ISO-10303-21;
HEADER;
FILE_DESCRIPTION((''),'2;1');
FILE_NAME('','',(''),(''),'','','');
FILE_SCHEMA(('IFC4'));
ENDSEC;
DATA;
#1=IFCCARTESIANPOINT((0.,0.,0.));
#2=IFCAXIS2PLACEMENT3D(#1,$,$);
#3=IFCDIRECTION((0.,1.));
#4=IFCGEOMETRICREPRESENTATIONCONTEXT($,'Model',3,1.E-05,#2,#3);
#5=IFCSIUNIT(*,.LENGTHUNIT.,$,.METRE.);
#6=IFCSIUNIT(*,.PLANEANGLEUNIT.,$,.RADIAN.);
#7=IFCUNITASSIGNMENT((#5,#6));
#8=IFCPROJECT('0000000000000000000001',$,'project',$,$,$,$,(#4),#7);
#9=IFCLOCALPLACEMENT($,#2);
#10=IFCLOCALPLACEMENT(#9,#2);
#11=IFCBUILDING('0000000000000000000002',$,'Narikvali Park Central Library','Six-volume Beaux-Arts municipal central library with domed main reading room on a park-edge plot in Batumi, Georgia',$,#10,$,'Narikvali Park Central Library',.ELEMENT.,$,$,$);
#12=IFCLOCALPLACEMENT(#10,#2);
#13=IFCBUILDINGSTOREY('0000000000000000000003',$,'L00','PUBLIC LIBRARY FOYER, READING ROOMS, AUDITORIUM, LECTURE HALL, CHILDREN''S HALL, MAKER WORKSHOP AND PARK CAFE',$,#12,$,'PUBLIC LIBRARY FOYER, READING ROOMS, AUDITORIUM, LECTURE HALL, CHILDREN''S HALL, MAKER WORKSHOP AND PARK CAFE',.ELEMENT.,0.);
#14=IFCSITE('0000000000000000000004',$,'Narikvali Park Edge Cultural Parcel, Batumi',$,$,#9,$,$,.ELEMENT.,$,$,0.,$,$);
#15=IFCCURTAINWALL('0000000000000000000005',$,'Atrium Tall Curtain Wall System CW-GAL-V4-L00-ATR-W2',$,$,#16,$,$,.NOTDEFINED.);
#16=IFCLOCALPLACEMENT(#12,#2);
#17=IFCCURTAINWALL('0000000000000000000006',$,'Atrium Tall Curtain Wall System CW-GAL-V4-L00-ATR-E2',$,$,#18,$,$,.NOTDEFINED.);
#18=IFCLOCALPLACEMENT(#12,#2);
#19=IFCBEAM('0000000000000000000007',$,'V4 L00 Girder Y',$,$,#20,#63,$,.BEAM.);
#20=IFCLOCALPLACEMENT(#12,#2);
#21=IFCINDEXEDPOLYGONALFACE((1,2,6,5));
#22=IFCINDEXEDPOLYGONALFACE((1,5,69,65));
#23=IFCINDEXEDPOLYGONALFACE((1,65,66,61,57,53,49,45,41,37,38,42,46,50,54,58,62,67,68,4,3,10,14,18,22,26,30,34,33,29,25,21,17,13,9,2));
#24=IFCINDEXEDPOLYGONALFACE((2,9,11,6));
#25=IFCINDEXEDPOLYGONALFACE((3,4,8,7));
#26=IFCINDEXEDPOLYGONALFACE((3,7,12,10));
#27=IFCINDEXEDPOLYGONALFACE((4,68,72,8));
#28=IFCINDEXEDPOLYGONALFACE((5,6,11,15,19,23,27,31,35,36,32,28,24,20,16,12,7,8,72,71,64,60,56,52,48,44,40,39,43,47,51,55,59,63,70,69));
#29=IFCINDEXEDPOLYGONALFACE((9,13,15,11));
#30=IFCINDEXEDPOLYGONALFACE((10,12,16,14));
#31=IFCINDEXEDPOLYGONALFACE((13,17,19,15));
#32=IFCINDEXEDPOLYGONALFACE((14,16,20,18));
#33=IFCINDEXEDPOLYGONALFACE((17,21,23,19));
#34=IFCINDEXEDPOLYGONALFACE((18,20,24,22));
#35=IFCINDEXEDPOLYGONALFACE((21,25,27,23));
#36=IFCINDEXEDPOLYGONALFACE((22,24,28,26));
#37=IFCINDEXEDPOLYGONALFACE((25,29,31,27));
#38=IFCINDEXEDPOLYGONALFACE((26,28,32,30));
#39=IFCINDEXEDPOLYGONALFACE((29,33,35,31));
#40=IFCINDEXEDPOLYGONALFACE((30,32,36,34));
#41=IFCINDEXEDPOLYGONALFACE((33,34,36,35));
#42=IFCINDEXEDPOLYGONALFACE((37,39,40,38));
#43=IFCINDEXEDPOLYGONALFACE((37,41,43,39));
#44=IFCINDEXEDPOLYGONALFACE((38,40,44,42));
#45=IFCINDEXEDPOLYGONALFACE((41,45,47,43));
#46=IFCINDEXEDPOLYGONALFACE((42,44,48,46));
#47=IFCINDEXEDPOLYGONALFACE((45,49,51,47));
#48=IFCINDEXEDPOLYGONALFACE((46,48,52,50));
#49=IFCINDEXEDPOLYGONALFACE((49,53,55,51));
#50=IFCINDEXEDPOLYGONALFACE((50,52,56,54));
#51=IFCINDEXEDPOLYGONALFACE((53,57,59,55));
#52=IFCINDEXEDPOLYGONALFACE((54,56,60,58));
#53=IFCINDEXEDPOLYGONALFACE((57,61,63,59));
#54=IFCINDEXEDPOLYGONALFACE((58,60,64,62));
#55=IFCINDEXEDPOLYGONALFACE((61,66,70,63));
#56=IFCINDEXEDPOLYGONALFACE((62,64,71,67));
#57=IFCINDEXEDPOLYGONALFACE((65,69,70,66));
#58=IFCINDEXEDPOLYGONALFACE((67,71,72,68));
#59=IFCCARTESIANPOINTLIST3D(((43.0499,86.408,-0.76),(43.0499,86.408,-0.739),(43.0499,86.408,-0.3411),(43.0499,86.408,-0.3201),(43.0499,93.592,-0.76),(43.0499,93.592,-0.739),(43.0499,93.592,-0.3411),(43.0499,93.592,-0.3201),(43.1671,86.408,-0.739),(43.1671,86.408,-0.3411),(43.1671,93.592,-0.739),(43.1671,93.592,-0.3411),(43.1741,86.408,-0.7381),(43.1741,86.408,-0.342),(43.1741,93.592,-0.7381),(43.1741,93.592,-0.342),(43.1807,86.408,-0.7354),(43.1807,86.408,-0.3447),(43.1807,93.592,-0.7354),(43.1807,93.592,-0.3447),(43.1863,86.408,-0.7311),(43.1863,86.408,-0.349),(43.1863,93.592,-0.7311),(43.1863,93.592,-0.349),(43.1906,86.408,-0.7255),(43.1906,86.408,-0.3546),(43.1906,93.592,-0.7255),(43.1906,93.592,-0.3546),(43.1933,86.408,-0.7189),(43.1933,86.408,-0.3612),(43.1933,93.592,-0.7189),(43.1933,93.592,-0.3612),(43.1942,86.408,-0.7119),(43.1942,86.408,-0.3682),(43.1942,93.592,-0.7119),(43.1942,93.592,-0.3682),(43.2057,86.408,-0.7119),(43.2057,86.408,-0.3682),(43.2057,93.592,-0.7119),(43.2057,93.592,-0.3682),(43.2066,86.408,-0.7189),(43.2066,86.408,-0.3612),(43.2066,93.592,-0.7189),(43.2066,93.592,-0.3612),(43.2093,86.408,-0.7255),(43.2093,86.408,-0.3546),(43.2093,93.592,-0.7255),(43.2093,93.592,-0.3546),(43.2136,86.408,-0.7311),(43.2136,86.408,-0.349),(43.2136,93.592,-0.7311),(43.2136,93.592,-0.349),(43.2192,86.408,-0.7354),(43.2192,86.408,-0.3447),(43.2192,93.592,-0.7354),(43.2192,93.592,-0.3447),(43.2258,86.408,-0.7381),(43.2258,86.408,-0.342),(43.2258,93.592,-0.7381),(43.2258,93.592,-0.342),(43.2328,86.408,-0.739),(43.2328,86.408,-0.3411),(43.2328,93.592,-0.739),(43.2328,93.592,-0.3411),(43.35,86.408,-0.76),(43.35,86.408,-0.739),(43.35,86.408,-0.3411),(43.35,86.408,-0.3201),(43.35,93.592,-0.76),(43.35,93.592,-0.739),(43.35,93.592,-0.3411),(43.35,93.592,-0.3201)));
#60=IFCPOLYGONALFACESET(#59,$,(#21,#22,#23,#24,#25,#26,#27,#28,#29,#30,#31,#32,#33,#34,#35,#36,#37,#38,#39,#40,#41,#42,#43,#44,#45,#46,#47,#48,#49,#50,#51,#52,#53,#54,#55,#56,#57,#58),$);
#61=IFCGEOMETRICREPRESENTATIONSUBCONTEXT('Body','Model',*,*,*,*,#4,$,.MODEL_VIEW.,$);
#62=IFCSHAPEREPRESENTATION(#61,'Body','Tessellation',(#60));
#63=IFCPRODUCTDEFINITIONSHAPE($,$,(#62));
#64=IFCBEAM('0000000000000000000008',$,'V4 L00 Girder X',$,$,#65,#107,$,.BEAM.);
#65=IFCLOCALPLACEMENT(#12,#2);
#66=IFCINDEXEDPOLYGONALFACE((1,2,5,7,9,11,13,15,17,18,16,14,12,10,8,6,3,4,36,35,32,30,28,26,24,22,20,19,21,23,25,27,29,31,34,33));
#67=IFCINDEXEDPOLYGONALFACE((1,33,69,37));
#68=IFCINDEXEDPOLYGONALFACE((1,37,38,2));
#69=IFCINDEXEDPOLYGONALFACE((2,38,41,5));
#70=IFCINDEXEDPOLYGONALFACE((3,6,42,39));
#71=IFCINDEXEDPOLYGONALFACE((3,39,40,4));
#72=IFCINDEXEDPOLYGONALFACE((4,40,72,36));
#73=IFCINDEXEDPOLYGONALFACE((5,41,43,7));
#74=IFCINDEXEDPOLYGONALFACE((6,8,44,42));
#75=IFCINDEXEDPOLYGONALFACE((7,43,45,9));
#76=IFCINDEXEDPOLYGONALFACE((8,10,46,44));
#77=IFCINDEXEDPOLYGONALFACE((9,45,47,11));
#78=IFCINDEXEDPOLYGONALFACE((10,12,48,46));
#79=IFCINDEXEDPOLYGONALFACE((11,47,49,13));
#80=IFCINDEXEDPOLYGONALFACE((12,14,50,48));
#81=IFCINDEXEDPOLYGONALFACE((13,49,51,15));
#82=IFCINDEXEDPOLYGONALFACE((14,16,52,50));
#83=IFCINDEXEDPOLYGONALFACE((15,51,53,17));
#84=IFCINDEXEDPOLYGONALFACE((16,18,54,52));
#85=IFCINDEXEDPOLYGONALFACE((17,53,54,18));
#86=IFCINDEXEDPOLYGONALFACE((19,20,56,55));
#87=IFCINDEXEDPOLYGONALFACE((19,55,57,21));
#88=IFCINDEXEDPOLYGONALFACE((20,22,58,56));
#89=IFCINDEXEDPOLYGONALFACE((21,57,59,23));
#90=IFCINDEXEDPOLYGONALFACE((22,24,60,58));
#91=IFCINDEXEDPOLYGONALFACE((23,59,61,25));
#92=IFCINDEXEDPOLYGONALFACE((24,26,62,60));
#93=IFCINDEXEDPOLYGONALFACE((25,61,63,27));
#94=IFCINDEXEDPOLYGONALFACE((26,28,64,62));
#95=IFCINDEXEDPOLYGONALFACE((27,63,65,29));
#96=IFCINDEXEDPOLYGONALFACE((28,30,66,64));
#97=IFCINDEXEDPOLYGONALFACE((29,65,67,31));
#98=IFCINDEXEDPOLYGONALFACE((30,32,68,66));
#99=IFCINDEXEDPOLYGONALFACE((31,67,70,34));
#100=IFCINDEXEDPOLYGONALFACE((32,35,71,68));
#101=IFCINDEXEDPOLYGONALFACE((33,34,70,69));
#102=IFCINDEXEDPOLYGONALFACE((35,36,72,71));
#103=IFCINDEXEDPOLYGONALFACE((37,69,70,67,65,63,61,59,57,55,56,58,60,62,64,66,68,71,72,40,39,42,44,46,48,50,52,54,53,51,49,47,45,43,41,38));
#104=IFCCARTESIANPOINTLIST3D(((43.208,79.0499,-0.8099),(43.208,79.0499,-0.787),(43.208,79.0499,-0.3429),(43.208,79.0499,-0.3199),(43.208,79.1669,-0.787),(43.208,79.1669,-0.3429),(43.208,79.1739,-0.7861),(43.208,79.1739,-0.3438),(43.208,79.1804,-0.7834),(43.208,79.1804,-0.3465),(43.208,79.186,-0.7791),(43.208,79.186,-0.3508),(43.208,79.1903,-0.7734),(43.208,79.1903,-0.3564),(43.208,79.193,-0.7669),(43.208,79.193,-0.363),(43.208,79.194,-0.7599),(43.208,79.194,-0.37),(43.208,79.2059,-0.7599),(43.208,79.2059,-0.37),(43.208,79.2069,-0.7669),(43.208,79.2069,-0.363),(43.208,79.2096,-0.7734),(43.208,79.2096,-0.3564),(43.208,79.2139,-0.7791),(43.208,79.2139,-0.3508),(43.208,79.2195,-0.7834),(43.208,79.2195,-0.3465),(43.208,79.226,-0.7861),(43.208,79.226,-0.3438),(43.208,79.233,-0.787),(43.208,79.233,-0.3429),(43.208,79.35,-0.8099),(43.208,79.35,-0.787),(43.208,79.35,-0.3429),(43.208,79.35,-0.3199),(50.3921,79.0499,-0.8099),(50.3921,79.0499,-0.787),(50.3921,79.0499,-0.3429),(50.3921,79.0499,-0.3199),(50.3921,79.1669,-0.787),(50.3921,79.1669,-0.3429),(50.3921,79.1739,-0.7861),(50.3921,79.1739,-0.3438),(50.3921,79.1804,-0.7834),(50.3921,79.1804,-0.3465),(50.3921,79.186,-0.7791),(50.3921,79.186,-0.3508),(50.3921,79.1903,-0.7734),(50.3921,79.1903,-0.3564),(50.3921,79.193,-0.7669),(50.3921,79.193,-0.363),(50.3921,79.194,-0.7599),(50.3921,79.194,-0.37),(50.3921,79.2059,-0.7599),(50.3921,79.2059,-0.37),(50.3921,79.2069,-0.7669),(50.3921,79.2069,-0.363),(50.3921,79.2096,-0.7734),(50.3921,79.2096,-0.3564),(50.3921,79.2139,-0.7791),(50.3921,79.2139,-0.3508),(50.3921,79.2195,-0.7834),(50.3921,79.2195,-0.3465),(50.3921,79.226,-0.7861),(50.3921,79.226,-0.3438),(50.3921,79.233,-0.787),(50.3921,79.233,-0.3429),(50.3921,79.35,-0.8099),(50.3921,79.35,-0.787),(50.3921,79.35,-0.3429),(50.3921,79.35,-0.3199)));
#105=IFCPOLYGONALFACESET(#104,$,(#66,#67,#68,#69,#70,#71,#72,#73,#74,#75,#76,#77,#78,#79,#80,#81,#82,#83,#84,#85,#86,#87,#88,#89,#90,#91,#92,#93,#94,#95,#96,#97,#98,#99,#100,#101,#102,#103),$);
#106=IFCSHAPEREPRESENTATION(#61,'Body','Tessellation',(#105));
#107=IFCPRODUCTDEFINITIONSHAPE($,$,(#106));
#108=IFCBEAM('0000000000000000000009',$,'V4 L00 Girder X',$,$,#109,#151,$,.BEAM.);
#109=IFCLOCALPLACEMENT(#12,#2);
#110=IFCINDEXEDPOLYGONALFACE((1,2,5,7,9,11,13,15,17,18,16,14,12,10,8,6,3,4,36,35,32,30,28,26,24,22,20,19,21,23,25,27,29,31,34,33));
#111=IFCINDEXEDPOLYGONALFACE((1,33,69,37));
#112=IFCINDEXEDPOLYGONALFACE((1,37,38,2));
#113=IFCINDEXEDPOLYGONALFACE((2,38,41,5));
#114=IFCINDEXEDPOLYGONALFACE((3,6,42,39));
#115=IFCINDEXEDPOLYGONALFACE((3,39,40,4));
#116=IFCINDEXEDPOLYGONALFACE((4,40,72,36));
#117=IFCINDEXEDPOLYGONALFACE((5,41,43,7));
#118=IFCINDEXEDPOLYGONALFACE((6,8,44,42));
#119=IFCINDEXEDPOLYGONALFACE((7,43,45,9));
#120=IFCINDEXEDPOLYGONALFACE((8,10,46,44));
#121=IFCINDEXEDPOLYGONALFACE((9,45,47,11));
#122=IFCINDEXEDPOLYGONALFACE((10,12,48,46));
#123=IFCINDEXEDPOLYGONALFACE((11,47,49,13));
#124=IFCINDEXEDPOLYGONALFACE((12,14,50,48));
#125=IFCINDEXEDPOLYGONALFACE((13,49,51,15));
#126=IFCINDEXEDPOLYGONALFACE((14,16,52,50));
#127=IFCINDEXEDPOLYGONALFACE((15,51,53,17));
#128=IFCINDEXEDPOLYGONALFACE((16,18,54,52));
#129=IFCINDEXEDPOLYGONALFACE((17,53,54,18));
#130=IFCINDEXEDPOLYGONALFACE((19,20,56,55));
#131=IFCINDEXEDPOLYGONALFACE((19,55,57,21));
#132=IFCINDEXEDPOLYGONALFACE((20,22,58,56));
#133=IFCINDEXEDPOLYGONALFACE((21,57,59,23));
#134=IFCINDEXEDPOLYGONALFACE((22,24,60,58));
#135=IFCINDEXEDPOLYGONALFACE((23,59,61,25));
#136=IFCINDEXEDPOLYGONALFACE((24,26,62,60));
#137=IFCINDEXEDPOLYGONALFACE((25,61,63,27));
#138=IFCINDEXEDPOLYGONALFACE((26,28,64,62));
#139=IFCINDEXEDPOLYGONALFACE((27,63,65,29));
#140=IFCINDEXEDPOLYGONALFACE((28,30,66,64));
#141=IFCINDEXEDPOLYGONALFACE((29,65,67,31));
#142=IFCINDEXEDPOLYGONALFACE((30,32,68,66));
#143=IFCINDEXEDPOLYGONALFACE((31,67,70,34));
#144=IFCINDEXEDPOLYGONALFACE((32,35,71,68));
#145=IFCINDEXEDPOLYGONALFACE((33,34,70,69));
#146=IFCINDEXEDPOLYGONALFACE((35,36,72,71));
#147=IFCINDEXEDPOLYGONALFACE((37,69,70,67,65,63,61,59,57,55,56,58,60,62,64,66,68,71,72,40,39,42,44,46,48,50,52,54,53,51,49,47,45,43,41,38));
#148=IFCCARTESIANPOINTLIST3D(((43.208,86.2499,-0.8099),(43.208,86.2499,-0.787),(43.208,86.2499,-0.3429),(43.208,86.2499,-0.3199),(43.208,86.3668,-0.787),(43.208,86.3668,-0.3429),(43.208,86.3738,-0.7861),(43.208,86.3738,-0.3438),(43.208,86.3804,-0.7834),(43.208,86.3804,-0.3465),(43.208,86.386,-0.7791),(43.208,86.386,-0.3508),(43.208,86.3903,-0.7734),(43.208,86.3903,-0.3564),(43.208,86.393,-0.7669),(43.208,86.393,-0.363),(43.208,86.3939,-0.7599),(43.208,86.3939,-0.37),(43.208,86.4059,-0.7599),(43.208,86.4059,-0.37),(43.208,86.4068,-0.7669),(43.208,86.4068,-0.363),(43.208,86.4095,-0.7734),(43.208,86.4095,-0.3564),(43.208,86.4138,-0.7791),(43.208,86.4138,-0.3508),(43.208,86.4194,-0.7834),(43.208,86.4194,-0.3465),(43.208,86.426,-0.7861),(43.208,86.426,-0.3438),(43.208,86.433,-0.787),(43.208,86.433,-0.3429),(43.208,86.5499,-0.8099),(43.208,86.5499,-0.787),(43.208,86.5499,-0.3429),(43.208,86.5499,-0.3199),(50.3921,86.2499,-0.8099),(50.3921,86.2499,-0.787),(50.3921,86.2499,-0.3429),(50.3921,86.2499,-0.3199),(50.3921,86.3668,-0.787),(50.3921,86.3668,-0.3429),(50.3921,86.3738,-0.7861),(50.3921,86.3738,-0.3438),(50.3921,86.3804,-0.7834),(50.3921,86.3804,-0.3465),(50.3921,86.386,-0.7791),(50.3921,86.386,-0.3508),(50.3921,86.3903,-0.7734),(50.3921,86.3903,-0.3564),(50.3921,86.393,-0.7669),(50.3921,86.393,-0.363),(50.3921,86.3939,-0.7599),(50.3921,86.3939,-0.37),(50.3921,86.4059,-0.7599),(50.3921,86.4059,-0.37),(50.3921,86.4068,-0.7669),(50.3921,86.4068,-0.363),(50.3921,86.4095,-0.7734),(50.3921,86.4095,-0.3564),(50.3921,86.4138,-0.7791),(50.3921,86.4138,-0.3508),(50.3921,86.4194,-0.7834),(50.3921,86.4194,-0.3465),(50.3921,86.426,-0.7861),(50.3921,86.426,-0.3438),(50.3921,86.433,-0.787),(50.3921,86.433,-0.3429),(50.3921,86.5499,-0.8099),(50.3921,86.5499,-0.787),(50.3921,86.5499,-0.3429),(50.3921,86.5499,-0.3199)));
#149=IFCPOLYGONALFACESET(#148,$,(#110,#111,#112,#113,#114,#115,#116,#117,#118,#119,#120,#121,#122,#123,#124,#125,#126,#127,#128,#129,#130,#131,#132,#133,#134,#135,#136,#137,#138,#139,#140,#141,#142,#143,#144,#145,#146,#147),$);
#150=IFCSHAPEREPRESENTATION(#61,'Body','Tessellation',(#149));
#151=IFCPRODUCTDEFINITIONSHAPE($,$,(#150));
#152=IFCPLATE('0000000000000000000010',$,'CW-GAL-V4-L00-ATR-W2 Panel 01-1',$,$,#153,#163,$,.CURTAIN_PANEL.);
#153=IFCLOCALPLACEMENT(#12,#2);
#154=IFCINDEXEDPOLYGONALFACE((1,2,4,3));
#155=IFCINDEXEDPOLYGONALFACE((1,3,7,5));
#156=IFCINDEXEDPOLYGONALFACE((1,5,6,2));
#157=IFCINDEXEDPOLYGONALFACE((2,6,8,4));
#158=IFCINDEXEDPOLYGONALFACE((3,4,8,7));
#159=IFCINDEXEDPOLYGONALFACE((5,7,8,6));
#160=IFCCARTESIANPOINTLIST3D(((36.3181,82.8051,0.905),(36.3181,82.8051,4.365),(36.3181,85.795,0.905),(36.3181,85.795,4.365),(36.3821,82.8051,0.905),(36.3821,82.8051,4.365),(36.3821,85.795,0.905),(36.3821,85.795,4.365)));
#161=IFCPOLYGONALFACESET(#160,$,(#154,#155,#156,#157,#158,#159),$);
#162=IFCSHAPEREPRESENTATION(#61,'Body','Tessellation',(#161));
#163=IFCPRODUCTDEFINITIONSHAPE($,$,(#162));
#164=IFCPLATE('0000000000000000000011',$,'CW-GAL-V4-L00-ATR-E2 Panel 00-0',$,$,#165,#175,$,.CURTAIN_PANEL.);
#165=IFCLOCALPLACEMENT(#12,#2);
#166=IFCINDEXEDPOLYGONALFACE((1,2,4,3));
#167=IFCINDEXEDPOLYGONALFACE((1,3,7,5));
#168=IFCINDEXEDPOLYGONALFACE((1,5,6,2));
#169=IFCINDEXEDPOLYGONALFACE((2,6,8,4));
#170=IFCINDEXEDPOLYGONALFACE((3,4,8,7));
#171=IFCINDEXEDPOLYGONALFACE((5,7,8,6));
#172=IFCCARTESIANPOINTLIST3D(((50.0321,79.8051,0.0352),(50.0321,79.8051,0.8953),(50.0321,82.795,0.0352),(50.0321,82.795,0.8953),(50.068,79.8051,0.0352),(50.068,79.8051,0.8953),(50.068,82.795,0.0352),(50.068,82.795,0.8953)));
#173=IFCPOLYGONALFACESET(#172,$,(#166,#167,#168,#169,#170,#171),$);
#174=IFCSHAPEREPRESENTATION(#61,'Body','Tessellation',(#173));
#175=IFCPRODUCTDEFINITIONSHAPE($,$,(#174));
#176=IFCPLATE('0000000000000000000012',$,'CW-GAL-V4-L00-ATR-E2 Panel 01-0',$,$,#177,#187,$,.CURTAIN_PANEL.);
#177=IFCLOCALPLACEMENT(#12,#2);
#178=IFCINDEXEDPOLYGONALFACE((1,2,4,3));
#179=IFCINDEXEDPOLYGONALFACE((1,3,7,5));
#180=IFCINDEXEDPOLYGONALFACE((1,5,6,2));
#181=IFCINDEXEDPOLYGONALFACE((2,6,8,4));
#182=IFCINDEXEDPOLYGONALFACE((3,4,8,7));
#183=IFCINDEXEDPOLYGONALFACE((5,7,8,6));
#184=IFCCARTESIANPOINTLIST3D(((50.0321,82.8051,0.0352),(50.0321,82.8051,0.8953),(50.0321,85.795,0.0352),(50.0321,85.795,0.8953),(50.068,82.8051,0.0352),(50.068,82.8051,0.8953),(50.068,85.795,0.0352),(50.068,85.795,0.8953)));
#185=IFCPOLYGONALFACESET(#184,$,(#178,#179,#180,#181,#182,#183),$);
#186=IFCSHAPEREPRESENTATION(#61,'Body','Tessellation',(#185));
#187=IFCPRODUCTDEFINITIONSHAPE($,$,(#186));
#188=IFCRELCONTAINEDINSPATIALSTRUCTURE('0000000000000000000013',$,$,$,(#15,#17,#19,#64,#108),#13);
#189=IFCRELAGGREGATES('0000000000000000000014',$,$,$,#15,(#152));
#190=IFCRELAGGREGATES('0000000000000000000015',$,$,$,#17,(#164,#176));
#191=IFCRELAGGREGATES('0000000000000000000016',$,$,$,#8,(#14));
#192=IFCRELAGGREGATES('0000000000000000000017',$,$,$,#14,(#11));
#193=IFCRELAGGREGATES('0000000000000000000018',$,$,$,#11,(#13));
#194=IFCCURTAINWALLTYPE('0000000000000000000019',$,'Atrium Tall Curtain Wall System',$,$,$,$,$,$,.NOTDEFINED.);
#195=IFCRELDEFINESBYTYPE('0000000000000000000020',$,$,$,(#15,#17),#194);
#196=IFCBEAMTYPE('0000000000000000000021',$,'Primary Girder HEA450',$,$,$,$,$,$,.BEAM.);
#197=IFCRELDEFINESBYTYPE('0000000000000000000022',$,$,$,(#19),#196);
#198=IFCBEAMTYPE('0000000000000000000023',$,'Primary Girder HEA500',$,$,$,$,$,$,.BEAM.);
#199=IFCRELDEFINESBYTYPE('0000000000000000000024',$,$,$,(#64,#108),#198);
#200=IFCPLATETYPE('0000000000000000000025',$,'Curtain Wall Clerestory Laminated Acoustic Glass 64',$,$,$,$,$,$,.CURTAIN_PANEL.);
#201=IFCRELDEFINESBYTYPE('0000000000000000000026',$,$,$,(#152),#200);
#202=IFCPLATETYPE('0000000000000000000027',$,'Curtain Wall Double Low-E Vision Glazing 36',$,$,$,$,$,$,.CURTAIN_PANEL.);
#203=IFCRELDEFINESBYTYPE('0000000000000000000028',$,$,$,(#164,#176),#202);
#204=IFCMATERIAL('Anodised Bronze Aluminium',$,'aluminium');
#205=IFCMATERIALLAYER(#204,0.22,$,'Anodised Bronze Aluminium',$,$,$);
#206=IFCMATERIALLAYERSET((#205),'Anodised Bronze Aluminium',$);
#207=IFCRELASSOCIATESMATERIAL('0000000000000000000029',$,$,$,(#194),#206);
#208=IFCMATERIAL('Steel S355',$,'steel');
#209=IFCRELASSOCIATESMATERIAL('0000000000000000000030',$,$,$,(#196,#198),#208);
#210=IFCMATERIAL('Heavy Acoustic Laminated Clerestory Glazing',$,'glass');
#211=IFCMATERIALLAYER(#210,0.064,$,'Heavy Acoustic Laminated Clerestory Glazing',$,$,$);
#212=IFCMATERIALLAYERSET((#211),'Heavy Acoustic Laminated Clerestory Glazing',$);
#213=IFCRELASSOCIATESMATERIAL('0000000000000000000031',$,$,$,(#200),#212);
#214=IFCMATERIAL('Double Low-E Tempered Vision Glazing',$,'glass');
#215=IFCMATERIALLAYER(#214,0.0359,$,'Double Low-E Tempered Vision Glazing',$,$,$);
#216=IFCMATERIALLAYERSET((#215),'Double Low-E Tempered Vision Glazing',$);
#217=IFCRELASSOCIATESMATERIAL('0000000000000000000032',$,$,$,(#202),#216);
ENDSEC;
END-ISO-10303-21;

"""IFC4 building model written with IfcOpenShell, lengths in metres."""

from ifc_helpers import new_model, si_unit, direction, frame, origin, origin_2d, place, context, subcontext, project, spatial, rectangle, i_section, extrude, material, layer, layer_set, material_profile, profile_set, type_object, element, aggregate, save


model = new_model("IFC4")

# Units and contexts
model_context = context("Model", 3, precision=1e-05, world=origin(), true_north=direction((0.0, 1.0)))
body_context = subcontext(model_context, "Body", "Model", "MODEL_VIEW")
ifc_project = project(units=[si_unit("LENGTHUNIT", "METRE"), si_unit("PLANEANGLEUNIT", "RADIAN")], contexts=[model_context])

# Site, building, storey
site_placement = place(None, origin())
site = spatial("IfcSite", under=ifc_project, at=site_placement, Name="Narikvali Park Edge Cultural Parcel, Batumi", CompositionType="ELEMENT", RefElevation=0.0)
building_placement = place(site_placement, origin())
building = spatial("IfcBuilding", under=site, at=building_placement, Name="Narikvali Park Central Library", Description="Six-volume Beaux-Arts municipal central library with domed main reading room on a park-edge plot in Batumi, Georgia", LongName="Narikvali Park Central Library", CompositionType="ELEMENT")
storey_placement = place(building_placement, origin())
storey = spatial("IfcBuildingStorey", under=building, at=storey_placement, Name="L00", Description="PUBLIC LIBRARY FOYER, READING ROOMS, AUDITORIUM, LECTURE HALL, CHILDREN'S HALL, MAKER WORKSHOP AND PARK CAFE", LongName="PUBLIC LIBRARY FOYER, READING ROOMS, AUDITORIUM, LECTURE HALL, CHILDREN'S HALL, MAKER WORKSHOP AND PARK CAFE", CompositionType="ELEMENT", Elevation=0.0)

# Shared definitions
ifc_material_1 = material(Name="Steel S355", Category="steel")

# Curtain wall
ifc_material_2 = material(Name="Anodised Bronze Aluminium", Category="aluminium")
ifc_layer_1 = layer(ifc_material_2, 0.22, Name="Anodised Bronze Aluminium")
ifc_layer_set_1 = layer_set([ifc_layer_1], Name="Anodised Bronze Aluminium")
curtain_wall_type = type_object("IfcCurtainWallType", Name="Atrium Tall Curtain Wall System", PredefinedType="NOTDEFINED", material=ifc_layer_set_1)
curtain_wall_1_placement = place(storey_placement, origin())
curtain_wall_1 = element("IfcCurtainWall", 1, at=curtain_wall_1_placement, inside=storey, type_object=curtain_wall_type, Name="Atrium Tall Curtain Wall System CW-GAL-V4-L00-ATR-W2", PredefinedType="NOTDEFINED")

# Curtain wall
curtain_wall_2_placement = place(storey_placement, origin())
curtain_wall_2 = element("IfcCurtainWall", 2, at=curtain_wall_2_placement, inside=storey, type_object=curtain_wall_type, Name="Atrium Tall Curtain Wall System CW-GAL-V4-L00-ATR-E2", PredefinedType="NOTDEFINED")

# Beams
ifc_material_profile_1 = material_profile(ifc_material_1, i_section(OverallWidth=0.3, OverallDepth=0.4399, WebThickness=0.0115, FlangeThickness=0.021, FilletRadius=0.0271, at=origin_2d()), Name="HEA 450")
ifc_profile_set_1 = profile_set([ifc_material_profile_1], Name="Steel S355")
beam_type_1 = type_object("IfcBeamType", Name="Primary Girder HEA450", PredefinedType="BEAM", material=ifc_profile_set_1)
for number, where, z_axis, x_axis, name in (
    (3, (43.2, 86.408, -0.54), (0.0, 1.0, 0.0), (-1.0, 0.0, 0.0), "V4 L00 Girder Y"),
):
    element("IfcBeam", number, at=place(storey_placement, frame(where, z_axis=z_axis, x_axis=x_axis)), inside=storey, type_object=beam_type_1, Name=name, PredefinedType="BEAM", context=body_context, shape_type="SweptSolid", body=[
        extrude(i_section(OverallWidth=0.3, OverallDepth=0.4399, WebThickness=0.0115, FlangeThickness=0.021, FilletRadius=0.0271, at=origin_2d()), origin(), (0.0, 0.0, 1.0), 7.1841),
    ])
ifc_material_profile_2 = material_profile(ifc_material_1, i_section(OverallWidth=0.3, OverallDepth=0.49, WebThickness=0.012, FlangeThickness=0.0229, FilletRadius=0.0271, at=origin_2d()), Name="HEA 500")
ifc_profile_set_2 = profile_set([ifc_material_profile_2], Name="Steel S355")
beam_type_2 = type_object("IfcBeamType", Name="Primary Girder HEA500", PredefinedType="BEAM", material=ifc_profile_set_2)
for number, where, z_axis, x_axis, name in (
    (4, (43.208, 79.2, -0.5649), (1.0, 0.0, 0.0), (0.0, 1.0, 0.0), "V4 L00 Girder X"),
    (5, (43.208, 86.3999, -0.5649), (1.0, 0.0, 0.0), (0.0, 1.0, 0.0), "V4 L00 Girder X"),
):
    element("IfcBeam", number, at=place(storey_placement, frame(where, z_axis=z_axis, x_axis=x_axis)), inside=storey, type_object=beam_type_2, Name=name, PredefinedType="BEAM", context=body_context, shape_type="SweptSolid", body=[
        extrude(i_section(OverallWidth=0.3, OverallDepth=0.49, WebThickness=0.012, FlangeThickness=0.0229, FilletRadius=0.0271, at=origin_2d()), origin(), (0.0, 0.0, 1.0), 7.1841),
    ])

# Plates
ifc_material_3 = material(Name="Heavy Acoustic Laminated Clerestory Glazing", Category="glass")
ifc_layer_2 = layer(ifc_material_3, 0.064, Name="Heavy Acoustic Laminated Clerestory Glazing")
ifc_layer_set_2 = layer_set([ifc_layer_2], Name="Heavy Acoustic Laminated Clerestory Glazing")
plate_type_1 = type_object("IfcPlateType", Name="Curtain Wall Clerestory Laminated Acoustic Glass 64", PredefinedType="CURTAIN_PANEL", material=ifc_layer_set_2)
plate_1_placement = place(storey_placement, frame((36.3501, 84.3, 0.905), z_axis=(0.0, 0.0, 1.0), x_axis=(0.0, 1.0, 0.0)))
plate_1 = element("IfcPlate", 6, at=plate_1_placement, type_object=plate_type_1, Name="CW-GAL-V4-L00-ATR-W2 Panel 01-1", PredefinedType="CURTAIN_PANEL", context=body_context, shape_type="SweptSolid", body=[
    extrude(rectangle(XDim=2.99, YDim=0.064, at=origin_2d()), origin(), (0.0, 0.0, 1.0), 3.46),
])
aggregate(curtain_wall_1, [plate_1])
ifc_material_4 = material(Name="Double Low-E Tempered Vision Glazing", Category="glass")
ifc_layer_3 = layer(ifc_material_4, 0.0359, Name="Double Low-E Tempered Vision Glazing")
ifc_layer_set_3 = layer_set([ifc_layer_3], Name="Double Low-E Tempered Vision Glazing")
plate_type_2 = type_object("IfcPlateType", Name="Curtain Wall Double Low-E Vision Glazing 36", PredefinedType="CURTAIN_PANEL", material=ifc_layer_set_3)
plate_2_placement = place(storey_placement, frame((50.05, 81.3, 0.0352), z_axis=(0.0, 0.0, 1.0), x_axis=(0.0, 1.0, 0.0)))
plate_2 = element("IfcPlate", 7, at=plate_2_placement, type_object=plate_type_2, Name="CW-GAL-V4-L00-ATR-E2 Panel 00-0", PredefinedType="CURTAIN_PANEL", context=body_context, shape_type="SweptSolid", body=[
    extrude(rectangle(XDim=2.99, YDim=0.0359, at=origin_2d()), origin(), (0.0, 0.0, 1.0), 0.8601),
])
plate_3_placement = place(storey_placement, frame((50.05, 84.3, 0.0352), z_axis=(0.0, 0.0, 1.0), x_axis=(0.0, 1.0, 0.0)))
plate_3 = element("IfcPlate", 8, at=plate_3_placement, type_object=plate_type_2, Name="CW-GAL-V4-L00-ATR-E2 Panel 01-0", PredefinedType="CURTAIN_PANEL", context=body_context, shape_type="SweptSolid", body=[
    extrude(rectangle(XDim=2.99, YDim=0.0359, at=origin_2d()), origin(), (0.0, 0.0, 1.0), 0.8601),
])
aggregate(curtain_wall_2, [plate_2, plate_3])

save(model, "model.ifc")
